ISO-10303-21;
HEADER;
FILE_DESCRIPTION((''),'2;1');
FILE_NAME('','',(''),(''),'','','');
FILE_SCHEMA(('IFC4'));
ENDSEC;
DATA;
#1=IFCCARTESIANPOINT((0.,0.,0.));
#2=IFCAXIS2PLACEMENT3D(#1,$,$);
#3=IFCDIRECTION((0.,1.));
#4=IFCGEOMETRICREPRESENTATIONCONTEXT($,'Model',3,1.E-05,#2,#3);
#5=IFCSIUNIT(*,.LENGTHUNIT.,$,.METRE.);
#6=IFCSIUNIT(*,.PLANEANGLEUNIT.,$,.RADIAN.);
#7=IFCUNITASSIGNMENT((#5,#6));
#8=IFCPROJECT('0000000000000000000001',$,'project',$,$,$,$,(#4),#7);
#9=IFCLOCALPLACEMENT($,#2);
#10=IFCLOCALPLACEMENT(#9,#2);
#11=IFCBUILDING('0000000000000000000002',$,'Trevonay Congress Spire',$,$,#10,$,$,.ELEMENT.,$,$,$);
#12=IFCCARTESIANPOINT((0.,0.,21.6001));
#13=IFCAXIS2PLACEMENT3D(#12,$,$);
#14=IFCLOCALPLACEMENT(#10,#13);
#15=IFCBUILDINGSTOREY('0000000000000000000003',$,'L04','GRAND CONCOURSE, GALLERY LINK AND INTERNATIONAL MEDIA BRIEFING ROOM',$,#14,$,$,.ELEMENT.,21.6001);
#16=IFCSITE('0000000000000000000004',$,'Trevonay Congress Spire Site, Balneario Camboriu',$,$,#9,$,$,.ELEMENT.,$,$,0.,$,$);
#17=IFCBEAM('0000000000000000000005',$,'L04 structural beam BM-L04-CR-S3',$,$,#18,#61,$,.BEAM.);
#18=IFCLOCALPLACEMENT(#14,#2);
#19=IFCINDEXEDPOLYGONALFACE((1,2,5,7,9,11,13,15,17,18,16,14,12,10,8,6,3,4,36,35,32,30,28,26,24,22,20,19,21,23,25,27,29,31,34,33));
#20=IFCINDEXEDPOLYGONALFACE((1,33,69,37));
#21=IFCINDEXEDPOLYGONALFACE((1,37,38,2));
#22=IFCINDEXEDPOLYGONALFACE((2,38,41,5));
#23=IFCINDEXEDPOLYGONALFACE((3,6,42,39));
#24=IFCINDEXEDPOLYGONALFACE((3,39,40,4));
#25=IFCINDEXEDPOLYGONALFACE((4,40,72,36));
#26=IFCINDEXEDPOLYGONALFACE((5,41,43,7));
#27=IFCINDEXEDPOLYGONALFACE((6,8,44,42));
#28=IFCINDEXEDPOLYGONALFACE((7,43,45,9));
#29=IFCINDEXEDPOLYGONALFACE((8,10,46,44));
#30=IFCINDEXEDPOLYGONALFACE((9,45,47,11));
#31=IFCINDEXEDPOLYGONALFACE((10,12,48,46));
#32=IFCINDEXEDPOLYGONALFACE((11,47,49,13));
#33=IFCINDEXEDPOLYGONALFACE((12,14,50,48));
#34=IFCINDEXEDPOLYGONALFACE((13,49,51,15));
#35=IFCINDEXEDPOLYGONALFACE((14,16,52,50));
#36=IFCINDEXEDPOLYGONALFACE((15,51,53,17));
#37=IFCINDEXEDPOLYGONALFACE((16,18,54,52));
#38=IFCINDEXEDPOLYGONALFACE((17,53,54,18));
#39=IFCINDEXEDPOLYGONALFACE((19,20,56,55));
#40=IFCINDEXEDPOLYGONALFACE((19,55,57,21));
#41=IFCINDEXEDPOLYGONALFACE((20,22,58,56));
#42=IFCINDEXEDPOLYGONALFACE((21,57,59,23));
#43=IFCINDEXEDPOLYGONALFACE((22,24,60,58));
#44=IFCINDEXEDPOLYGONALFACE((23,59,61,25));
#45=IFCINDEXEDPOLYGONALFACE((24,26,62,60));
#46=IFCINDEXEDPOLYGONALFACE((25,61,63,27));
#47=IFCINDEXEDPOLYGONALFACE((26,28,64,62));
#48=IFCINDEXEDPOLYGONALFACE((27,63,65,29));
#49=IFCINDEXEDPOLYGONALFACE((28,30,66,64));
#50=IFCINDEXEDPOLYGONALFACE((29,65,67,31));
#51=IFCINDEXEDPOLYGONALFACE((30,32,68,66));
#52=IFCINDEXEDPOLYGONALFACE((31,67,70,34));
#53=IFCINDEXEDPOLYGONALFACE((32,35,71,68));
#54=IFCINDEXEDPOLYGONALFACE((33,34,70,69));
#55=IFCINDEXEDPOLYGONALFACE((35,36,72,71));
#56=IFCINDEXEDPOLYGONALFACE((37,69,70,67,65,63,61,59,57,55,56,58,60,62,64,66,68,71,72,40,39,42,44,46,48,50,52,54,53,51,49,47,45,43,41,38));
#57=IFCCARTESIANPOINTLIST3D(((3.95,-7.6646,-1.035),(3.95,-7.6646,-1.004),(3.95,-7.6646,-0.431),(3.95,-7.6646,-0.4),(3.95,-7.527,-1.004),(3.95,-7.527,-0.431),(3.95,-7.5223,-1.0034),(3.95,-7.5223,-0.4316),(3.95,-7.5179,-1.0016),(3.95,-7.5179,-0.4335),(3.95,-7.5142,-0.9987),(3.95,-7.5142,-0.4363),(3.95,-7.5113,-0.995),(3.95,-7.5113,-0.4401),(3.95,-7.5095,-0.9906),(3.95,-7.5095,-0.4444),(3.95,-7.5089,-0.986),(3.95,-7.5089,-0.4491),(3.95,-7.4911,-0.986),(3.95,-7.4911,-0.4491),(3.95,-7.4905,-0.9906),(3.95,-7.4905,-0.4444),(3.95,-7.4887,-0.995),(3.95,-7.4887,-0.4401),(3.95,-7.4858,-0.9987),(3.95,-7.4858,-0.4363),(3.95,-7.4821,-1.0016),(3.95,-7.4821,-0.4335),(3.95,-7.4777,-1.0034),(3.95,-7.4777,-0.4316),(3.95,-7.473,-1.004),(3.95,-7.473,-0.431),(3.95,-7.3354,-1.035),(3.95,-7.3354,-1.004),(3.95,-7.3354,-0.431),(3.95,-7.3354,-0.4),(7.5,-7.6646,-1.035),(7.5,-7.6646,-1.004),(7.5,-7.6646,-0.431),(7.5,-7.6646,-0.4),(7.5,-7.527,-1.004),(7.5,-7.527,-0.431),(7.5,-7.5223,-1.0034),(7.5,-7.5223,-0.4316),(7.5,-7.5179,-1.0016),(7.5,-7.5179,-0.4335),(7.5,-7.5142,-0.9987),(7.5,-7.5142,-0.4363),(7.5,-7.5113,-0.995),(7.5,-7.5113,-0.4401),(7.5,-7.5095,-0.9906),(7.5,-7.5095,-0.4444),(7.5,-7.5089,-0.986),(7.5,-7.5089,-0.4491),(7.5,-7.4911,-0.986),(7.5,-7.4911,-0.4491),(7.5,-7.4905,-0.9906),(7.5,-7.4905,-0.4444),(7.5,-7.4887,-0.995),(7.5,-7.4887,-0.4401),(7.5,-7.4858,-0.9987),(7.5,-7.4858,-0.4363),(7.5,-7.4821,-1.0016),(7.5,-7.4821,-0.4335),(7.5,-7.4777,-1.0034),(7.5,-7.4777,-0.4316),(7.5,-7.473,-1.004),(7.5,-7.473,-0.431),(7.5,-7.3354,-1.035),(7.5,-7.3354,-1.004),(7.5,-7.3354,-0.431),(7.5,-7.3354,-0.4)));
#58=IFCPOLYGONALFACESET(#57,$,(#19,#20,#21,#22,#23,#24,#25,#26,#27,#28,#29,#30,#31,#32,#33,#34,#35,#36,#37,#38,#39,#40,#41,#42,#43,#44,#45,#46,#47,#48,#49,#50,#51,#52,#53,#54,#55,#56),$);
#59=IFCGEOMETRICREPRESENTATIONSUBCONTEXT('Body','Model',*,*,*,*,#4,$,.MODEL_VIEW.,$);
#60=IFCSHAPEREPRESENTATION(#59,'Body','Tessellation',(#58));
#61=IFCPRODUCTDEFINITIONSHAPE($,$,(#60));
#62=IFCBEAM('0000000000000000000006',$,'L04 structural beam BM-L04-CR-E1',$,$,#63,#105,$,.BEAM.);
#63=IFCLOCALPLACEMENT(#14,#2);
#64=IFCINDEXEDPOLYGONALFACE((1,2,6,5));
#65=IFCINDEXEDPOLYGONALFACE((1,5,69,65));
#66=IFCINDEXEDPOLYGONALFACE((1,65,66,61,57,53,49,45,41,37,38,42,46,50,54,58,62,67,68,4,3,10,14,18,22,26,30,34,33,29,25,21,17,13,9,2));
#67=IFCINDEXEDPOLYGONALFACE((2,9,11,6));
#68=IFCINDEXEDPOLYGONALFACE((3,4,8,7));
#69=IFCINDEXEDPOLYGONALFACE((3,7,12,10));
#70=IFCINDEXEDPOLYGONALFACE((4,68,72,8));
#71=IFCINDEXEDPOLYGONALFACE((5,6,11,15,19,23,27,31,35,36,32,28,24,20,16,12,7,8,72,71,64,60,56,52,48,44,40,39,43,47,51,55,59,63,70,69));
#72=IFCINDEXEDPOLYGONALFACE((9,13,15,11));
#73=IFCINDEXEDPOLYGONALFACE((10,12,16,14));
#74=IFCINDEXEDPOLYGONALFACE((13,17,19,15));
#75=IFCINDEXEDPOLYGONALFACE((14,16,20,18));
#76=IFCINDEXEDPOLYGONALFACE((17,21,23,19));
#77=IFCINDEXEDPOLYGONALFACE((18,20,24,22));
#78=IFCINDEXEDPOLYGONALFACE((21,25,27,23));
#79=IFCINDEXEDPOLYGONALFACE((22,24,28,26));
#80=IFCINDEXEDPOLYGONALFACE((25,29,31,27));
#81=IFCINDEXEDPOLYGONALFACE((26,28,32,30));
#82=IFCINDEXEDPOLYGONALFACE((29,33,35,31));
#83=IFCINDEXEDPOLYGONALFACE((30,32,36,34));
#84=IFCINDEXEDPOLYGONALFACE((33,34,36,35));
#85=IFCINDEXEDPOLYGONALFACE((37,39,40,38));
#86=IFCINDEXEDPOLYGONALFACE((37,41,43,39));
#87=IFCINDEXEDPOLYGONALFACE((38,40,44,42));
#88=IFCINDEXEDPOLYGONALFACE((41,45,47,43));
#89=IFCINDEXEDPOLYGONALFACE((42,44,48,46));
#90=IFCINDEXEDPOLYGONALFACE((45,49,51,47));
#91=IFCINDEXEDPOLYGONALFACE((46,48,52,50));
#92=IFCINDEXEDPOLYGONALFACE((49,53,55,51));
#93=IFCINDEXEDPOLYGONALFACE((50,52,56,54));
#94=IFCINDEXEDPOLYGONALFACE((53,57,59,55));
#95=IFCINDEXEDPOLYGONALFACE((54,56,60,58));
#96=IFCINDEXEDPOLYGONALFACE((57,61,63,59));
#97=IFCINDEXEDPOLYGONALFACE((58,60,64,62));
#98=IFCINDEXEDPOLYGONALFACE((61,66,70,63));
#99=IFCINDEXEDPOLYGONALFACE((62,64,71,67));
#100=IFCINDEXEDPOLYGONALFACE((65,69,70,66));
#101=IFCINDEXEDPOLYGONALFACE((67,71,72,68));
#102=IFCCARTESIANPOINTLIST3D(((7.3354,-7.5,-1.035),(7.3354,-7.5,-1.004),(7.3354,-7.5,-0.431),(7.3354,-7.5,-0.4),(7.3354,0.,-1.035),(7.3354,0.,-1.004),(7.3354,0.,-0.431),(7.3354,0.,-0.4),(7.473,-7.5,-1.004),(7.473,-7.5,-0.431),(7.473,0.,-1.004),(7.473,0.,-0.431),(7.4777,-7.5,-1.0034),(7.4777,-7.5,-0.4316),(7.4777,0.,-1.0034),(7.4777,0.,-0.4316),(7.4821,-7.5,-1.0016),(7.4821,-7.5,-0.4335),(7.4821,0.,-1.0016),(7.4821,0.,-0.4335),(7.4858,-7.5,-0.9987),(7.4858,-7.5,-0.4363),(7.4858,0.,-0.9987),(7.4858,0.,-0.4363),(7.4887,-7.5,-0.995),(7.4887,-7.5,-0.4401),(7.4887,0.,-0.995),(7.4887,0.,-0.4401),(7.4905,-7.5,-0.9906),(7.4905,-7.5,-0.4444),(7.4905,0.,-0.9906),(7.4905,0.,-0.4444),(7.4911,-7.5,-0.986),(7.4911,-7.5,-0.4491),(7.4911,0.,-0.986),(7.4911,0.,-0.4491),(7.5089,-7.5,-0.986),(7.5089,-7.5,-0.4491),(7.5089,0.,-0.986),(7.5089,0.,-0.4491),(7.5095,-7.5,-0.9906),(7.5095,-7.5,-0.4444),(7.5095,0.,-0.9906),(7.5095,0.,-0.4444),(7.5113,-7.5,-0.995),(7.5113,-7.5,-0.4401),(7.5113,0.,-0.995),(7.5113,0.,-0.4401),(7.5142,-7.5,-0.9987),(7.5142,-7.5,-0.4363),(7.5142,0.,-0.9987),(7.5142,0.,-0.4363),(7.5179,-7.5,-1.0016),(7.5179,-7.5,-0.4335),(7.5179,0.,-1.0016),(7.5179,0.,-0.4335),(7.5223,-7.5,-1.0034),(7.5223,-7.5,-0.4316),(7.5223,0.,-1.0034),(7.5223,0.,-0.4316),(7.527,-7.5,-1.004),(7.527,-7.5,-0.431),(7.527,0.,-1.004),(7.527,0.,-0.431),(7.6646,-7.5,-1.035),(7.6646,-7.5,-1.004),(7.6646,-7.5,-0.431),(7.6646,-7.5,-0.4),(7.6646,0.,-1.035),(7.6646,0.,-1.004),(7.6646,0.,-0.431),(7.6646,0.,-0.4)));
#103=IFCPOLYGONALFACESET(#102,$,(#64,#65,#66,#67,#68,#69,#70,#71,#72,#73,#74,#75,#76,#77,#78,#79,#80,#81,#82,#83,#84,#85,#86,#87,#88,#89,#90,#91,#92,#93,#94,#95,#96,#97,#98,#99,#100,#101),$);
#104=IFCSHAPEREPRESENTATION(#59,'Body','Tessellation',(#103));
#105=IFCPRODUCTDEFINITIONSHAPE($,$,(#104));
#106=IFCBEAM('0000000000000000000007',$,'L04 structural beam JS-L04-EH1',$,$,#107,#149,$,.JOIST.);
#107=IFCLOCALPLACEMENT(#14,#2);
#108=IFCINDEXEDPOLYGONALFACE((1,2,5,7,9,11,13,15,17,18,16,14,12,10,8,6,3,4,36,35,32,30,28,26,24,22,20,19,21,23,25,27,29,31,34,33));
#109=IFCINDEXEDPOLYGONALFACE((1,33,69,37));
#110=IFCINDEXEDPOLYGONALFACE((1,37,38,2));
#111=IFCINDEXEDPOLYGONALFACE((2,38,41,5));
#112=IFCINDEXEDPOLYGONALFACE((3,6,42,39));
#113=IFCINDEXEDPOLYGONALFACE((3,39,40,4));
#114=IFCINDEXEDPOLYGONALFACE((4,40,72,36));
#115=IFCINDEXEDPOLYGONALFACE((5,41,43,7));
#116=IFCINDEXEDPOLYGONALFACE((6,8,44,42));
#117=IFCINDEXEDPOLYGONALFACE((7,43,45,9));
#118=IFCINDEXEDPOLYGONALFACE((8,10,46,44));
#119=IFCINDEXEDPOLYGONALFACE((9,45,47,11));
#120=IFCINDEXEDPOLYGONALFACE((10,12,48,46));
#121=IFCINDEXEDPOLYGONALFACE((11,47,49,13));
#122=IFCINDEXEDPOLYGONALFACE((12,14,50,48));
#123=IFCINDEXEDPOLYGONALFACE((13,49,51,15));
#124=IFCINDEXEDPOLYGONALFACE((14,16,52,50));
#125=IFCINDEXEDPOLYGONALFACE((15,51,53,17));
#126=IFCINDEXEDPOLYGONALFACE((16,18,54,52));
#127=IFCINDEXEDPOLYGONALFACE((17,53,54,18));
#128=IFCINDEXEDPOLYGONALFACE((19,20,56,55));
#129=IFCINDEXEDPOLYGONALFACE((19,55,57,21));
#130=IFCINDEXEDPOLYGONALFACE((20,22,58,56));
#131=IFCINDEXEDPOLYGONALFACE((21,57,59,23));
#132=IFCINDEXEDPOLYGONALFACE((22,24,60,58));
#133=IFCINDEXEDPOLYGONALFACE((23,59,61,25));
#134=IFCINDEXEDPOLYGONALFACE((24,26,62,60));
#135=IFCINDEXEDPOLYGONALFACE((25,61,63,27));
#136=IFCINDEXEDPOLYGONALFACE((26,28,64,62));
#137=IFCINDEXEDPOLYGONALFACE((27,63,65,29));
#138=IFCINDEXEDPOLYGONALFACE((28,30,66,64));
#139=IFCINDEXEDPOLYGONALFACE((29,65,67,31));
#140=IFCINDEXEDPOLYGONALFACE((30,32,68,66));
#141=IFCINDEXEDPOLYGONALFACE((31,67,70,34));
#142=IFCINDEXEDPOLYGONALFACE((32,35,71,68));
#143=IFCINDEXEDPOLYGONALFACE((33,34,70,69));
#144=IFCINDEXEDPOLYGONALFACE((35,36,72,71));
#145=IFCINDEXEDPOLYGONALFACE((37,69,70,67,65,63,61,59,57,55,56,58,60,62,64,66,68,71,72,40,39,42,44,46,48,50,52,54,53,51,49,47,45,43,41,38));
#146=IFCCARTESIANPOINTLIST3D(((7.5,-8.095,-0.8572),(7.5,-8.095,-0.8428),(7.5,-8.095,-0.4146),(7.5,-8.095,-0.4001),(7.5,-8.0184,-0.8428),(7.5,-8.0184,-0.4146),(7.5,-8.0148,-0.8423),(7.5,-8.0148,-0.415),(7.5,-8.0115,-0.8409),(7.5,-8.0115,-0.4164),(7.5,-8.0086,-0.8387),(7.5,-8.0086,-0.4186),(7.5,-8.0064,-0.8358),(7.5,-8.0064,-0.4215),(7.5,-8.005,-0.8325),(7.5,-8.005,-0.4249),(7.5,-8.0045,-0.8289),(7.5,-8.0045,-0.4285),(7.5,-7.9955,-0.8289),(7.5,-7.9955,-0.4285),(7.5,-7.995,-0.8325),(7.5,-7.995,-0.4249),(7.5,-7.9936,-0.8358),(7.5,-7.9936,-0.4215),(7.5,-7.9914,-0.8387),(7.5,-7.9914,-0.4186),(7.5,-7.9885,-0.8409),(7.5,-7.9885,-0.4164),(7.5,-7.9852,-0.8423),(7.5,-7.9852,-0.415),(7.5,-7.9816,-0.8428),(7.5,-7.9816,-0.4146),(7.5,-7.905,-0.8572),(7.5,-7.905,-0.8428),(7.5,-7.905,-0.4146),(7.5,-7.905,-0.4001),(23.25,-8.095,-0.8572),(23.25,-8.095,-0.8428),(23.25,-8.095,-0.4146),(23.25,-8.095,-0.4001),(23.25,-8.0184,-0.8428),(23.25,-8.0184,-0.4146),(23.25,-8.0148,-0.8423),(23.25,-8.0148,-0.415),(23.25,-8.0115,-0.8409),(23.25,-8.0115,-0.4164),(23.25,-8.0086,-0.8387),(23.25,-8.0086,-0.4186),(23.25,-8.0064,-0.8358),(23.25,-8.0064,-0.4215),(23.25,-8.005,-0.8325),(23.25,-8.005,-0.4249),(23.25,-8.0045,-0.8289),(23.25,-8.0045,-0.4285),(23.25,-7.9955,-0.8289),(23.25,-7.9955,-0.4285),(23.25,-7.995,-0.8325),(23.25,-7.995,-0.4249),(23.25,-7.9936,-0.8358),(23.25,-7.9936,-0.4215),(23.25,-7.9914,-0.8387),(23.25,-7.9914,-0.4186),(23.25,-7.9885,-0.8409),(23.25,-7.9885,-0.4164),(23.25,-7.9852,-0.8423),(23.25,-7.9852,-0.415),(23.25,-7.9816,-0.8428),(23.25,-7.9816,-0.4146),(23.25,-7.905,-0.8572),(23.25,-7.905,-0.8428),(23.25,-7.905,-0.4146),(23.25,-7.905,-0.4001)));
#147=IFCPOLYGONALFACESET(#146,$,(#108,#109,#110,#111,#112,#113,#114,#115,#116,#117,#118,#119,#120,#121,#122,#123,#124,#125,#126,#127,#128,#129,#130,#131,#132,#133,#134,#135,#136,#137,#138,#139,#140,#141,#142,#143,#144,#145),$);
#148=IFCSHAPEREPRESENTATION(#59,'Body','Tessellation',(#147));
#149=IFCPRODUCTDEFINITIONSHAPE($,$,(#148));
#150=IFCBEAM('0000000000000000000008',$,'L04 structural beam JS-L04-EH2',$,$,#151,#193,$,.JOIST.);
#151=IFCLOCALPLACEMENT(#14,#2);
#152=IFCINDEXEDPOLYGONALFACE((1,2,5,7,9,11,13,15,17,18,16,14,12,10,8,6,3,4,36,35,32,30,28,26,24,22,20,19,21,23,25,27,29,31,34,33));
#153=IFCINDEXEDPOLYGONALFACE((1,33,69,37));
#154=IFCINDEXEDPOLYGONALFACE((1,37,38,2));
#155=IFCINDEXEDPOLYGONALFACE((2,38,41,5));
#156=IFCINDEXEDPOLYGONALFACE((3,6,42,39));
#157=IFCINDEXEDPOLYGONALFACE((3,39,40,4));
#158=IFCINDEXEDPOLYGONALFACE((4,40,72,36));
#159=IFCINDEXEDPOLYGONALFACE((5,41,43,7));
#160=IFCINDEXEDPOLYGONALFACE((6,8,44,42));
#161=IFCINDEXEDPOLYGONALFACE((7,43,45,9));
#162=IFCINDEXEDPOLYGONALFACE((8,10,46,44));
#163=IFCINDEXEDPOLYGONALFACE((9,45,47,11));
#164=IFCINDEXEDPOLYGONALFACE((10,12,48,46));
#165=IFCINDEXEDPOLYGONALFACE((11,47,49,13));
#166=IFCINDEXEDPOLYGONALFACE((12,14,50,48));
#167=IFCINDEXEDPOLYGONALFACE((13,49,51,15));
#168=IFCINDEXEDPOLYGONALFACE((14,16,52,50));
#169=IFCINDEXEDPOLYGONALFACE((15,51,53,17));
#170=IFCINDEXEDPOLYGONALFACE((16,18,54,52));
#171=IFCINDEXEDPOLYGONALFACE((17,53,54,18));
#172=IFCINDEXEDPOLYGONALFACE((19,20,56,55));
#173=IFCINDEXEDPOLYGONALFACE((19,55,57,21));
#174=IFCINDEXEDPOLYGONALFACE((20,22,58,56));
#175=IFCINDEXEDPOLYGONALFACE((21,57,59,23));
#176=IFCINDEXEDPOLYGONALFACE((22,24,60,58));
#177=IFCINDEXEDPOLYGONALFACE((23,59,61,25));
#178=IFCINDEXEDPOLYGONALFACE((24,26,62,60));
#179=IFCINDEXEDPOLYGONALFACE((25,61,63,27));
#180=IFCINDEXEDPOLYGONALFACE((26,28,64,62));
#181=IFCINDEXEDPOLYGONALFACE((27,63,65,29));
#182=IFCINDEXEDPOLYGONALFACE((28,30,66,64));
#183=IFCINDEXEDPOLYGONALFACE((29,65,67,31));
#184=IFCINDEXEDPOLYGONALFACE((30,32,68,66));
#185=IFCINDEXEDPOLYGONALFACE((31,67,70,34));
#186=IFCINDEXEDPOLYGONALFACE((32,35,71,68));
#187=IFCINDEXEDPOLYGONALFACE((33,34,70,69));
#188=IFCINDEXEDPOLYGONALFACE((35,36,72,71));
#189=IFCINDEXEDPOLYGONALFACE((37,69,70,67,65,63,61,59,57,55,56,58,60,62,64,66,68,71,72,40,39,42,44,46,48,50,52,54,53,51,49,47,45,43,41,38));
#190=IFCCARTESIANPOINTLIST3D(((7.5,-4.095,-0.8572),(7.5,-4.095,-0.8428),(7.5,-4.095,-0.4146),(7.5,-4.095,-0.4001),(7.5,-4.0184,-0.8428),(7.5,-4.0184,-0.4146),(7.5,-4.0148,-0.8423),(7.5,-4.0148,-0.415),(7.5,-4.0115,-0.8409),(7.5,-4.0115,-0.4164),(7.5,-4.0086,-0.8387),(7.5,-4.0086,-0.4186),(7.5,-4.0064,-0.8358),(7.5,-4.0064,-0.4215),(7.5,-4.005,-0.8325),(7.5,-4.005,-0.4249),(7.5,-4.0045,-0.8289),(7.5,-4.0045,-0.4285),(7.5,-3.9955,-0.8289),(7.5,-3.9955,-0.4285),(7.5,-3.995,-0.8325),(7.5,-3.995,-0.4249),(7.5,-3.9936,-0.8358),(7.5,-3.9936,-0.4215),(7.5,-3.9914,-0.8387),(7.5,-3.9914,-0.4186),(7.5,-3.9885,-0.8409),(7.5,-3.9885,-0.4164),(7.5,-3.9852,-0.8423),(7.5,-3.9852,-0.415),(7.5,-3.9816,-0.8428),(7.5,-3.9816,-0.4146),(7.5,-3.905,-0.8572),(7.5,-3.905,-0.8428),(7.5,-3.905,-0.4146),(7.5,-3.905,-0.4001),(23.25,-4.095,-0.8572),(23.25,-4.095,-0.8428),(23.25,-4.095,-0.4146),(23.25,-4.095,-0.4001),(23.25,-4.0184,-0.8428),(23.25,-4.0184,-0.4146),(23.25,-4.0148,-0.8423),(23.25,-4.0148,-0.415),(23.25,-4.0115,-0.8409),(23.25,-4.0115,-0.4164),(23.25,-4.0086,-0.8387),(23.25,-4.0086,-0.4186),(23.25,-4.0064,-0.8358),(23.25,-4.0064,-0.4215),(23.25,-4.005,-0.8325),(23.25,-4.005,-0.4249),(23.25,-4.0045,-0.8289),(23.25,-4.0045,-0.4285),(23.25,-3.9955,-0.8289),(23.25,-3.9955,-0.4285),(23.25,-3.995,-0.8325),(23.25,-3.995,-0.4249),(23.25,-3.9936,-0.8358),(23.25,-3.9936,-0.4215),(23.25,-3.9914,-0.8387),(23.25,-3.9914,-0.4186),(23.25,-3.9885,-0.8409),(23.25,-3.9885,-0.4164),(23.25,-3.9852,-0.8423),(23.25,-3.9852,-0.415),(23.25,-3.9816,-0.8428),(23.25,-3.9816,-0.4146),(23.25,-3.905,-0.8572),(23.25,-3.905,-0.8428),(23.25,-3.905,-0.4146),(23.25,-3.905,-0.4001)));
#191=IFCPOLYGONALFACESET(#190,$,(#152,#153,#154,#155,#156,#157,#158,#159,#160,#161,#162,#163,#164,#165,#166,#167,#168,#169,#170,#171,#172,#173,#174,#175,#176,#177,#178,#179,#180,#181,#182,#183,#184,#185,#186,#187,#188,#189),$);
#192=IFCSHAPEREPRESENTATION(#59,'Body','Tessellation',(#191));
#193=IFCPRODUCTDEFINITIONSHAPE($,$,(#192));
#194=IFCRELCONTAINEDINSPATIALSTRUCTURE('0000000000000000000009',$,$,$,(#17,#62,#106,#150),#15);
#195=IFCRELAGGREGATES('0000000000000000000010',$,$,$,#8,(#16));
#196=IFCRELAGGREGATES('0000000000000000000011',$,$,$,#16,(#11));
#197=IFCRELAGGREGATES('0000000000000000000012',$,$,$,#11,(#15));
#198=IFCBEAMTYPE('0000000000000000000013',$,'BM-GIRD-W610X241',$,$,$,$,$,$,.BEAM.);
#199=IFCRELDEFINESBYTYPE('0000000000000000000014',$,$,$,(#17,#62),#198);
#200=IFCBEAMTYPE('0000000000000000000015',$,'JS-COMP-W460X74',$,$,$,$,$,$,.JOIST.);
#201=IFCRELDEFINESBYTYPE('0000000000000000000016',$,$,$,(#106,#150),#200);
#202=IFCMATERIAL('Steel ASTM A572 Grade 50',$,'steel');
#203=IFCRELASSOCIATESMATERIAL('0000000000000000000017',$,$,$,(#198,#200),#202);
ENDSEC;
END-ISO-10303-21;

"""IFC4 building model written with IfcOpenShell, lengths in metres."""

from ifc_helpers import new_model, si_unit, direction, frame, origin, origin_2d, place, context, subcontext, project, spatial, i_section, extrude, material, material_profile, profile_set, type_object, element, save


model = new_model("IFC4")

# Units and contexts
model_context = context("Model", 3, precision=1e-05, world=origin(), true_north=direction((0.0, 1.0)))
body_context = subcontext(model_context, "Body", "Model", "MODEL_VIEW")
ifc_project = project(units=[si_unit("LENGTHUNIT", "METRE"), si_unit("PLANEANGLEUNIT", "RADIAN")], contexts=[model_context])

# Site, building, storey
site_placement = place(None, origin())
site = spatial("IfcSite", under=ifc_project, at=site_placement, Name="Trevonay Congress Spire Site, Balneario Camboriu", CompositionType="ELEMENT", RefElevation=0.0)
building_placement = place(site_placement, origin())
building = spatial("IfcBuilding", under=site, at=building_placement, Name="Trevonay Congress Spire", CompositionType="ELEMENT")
storey_placement = place(building_placement, frame((0.0, 0.0, 21.6001)))
storey = spatial("IfcBuildingStorey", under=building, at=storey_placement, Name="L04", Description="GRAND CONCOURSE, GALLERY LINK AND INTERNATIONAL MEDIA BRIEFING ROOM", CompositionType="ELEMENT", Elevation=21.6001)

# Shared definitions
ifc_material_1 = material(Name="Steel ASTM A572 Grade 50", Category="steel")

# Beams
ifc_material_profile_1 = material_profile(ifc_material_1, i_section(OverallWidth=0.3291, OverallDepth=0.635, WebThickness=0.0178, FlangeThickness=0.031, FilletRadius=0.0181, at=origin_2d()), Name="W610x241")
ifc_profile_set_1 = profile_set([ifc_material_profile_1], Name="Steel ASTM A572 Grade 50")
beam_type_1 = type_object("IfcBeamType", Name="BM-GIRD-W610X241", PredefinedType="BEAM", material=ifc_profile_set_1)
beam_1_placement = place(storey_placement, frame((3.95, -7.5, -0.7175), z_axis=(1.0, 0.0, 0.0), x_axis=(0.0, 1.0, 0.0)))
element("IfcBeam", 1, at=beam_1_placement, inside=storey, type_object=beam_type_1, Name="L04 structural beam BM-L04-CR-S3", PredefinedType="BEAM", context=body_context, shape_type="SweptSolid", body=[
    extrude(i_section(OverallWidth=0.3291, OverallDepth=0.635, WebThickness=0.0178, FlangeThickness=0.031, FilletRadius=0.0181, at=origin_2d()), origin(), (0.0, 0.0, 1.0), 3.55),
])
beam_2_placement = place(storey_placement, frame((7.5, -7.5, -0.7175), z_axis=(0.0, 1.0, 0.0), x_axis=(-1.0, 0.0, 0.0)))
element("IfcBeam", 2, at=beam_2_placement, inside=storey, type_object=beam_type_1, Name="L04 structural beam BM-L04-CR-E1", PredefinedType="BEAM", context=body_context, shape_type="SweptSolid", body=[
    extrude(i_section(OverallWidth=0.3291, OverallDepth=0.635, WebThickness=0.0178, FlangeThickness=0.031, FilletRadius=0.0181, at=origin_2d()), origin(), (0.0, 0.0, 1.0), 7.5),
])
ifc_material_profile_2 = material_profile(ifc_material_1, i_section(OverallWidth=0.1899, OverallDepth=0.457, WebThickness=0.009, FlangeThickness=0.0144, FilletRadius=0.0139, at=origin_2d()), Name="W460x74")
ifc_profile_set_2 = profile_set([ifc_material_profile_2], Name="Steel ASTM A572 Grade 50")
beam_type_2 = type_object("IfcBeamType", Name="JS-COMP-W460X74", PredefinedType="JOIST", material=ifc_profile_set_2)
for number, where, z_axis, x_axis, name in (
    (3, (7.5, -8.0, -0.6287), (1.0, 0.0, 0.0), (0.0, 1.0, 0.0), "L04 structural beam JS-L04-EH1"),
    (4, (7.5, -4.0, -0.6287), (1.0, 0.0, 0.0), (0.0, 1.0, 0.0), "L04 structural beam JS-L04-EH2"),
):
    element("IfcBeam", number, at=place(storey_placement, frame(where, z_axis=z_axis, x_axis=x_axis)), inside=storey, type_object=beam_type_2, Name=name, PredefinedType="JOIST", context=body_context, shape_type="SweptSolid", body=[
        extrude(i_section(OverallWidth=0.1899, OverallDepth=0.457, WebThickness=0.009, FlangeThickness=0.0144, FilletRadius=0.0139, at=origin_2d()), origin(), (0.0, 0.0, 1.0), 15.75),
    ])

save(model, "model.ifc")
